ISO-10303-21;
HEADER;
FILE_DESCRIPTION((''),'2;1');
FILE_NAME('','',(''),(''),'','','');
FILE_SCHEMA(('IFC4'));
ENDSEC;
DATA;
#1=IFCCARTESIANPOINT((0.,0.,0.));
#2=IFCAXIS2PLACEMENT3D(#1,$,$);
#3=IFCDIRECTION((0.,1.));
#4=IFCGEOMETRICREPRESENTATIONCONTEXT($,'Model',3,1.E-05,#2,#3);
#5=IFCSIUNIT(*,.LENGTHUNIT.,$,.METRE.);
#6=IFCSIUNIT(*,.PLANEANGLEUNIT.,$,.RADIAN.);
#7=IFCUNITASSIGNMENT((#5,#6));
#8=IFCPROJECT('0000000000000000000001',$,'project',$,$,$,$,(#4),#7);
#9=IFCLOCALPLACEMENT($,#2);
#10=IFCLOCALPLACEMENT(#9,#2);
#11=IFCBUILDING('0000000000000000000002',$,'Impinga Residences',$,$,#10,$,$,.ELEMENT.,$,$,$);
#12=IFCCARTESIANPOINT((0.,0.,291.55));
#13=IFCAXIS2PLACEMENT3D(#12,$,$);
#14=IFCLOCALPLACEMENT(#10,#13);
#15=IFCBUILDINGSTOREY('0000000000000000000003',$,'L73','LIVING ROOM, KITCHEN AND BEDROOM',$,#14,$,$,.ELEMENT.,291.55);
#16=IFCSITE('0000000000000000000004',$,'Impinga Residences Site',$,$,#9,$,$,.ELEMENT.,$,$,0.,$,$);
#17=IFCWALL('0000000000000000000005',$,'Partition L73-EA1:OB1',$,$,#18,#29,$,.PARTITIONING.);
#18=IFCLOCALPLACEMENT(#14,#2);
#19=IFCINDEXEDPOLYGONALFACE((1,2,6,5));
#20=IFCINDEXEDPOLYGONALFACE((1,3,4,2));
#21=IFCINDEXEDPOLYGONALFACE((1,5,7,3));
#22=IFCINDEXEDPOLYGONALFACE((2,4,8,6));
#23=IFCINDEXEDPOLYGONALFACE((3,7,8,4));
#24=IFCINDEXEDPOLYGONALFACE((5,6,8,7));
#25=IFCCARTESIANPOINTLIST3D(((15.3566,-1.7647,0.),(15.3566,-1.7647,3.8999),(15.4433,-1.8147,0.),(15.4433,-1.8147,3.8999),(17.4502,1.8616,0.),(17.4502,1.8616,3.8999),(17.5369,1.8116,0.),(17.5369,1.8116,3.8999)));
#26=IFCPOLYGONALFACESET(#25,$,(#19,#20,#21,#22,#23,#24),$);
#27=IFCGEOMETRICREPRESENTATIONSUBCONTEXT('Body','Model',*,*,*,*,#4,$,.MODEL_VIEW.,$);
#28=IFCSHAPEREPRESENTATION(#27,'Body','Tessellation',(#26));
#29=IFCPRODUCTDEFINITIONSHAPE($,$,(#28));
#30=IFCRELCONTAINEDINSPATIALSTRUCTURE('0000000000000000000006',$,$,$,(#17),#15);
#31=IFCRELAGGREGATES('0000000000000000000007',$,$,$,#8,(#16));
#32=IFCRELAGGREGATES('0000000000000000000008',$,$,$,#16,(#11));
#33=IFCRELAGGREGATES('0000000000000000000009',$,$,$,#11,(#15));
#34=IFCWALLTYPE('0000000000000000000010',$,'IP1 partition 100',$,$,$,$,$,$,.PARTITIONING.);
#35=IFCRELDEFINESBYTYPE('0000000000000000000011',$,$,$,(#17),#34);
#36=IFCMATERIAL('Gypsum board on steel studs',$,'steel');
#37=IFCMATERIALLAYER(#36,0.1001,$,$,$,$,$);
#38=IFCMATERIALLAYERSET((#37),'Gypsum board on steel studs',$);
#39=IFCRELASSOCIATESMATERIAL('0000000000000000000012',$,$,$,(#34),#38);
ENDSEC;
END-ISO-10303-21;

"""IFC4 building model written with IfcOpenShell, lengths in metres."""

from ifc_helpers import new_model, si_unit, direction, frame, frame_2d, origin, place, context, subcontext, project, spatial, rectangle, extrude, material, layer, layer_set, type_object, element, save


model = new_model("IFC4")

# Units and contexts
model_context = context("Model", 3, precision=1e-05, world=origin(), true_north=direction((0.0, 1.0)))
body_context = subcontext(model_context, "Body", "Model", "MODEL_VIEW")
ifc_project = project(units=[si_unit("LENGTHUNIT", "METRE"), si_unit("PLANEANGLEUNIT", "RADIAN")], contexts=[model_context])

# Site, building, storey
site_placement = place(None, origin())
site = spatial("IfcSite", under=ifc_project, at=site_placement, Name="Impinga Residences Site", CompositionType="ELEMENT", RefElevation=0.0)
building_placement = place(site_placement, origin())
building = spatial("IfcBuilding", under=site, at=building_placement, Name="Impinga Residences", CompositionType="ELEMENT")
storey_placement = place(building_placement, frame((0.0, 0.0, 291.55)))
storey = spatial("IfcBuildingStorey", under=building, at=storey_placement, Name="L73", Description="LIVING ROOM, KITCHEN AND BEDROOM", CompositionType="ELEMENT", Elevation=291.55)

# Wall
ifc_material_1 = material(Name="Gypsum board on steel studs", Category="steel")
ifc_layer_1 = layer(ifc_material_1, 0.1001)
ifc_layer_set_1 = layer_set([ifc_layer_1], Name="Gypsum board on steel studs")
wall_type_1 = type_object("IfcWallType", Name="IP1 partition 100", PredefinedType="PARTITIONING", material=ifc_layer_set_1)
wall_1_placement = place(storey_placement, frame((15.3999, -1.7898, 0.0), z_axis=(0.0, 0.0, 1.0), x_axis=(0.499983, 0.866035, 0.0)))
element("IfcWall", 1, at=wall_1_placement, inside=storey, type_object=wall_type_1, Name="Partition L73-EA1:OB1", PredefinedType="PARTITIONING", context=body_context, shape_type="SweptSolid", body=[
    extrude(rectangle(XDim=4.1873, YDim=0.1001, at=frame_2d((2.0938, 0.0))), origin(), (0.0, 0.0, 1.0), 3.8999),
])

save(model, "model.ifc")
